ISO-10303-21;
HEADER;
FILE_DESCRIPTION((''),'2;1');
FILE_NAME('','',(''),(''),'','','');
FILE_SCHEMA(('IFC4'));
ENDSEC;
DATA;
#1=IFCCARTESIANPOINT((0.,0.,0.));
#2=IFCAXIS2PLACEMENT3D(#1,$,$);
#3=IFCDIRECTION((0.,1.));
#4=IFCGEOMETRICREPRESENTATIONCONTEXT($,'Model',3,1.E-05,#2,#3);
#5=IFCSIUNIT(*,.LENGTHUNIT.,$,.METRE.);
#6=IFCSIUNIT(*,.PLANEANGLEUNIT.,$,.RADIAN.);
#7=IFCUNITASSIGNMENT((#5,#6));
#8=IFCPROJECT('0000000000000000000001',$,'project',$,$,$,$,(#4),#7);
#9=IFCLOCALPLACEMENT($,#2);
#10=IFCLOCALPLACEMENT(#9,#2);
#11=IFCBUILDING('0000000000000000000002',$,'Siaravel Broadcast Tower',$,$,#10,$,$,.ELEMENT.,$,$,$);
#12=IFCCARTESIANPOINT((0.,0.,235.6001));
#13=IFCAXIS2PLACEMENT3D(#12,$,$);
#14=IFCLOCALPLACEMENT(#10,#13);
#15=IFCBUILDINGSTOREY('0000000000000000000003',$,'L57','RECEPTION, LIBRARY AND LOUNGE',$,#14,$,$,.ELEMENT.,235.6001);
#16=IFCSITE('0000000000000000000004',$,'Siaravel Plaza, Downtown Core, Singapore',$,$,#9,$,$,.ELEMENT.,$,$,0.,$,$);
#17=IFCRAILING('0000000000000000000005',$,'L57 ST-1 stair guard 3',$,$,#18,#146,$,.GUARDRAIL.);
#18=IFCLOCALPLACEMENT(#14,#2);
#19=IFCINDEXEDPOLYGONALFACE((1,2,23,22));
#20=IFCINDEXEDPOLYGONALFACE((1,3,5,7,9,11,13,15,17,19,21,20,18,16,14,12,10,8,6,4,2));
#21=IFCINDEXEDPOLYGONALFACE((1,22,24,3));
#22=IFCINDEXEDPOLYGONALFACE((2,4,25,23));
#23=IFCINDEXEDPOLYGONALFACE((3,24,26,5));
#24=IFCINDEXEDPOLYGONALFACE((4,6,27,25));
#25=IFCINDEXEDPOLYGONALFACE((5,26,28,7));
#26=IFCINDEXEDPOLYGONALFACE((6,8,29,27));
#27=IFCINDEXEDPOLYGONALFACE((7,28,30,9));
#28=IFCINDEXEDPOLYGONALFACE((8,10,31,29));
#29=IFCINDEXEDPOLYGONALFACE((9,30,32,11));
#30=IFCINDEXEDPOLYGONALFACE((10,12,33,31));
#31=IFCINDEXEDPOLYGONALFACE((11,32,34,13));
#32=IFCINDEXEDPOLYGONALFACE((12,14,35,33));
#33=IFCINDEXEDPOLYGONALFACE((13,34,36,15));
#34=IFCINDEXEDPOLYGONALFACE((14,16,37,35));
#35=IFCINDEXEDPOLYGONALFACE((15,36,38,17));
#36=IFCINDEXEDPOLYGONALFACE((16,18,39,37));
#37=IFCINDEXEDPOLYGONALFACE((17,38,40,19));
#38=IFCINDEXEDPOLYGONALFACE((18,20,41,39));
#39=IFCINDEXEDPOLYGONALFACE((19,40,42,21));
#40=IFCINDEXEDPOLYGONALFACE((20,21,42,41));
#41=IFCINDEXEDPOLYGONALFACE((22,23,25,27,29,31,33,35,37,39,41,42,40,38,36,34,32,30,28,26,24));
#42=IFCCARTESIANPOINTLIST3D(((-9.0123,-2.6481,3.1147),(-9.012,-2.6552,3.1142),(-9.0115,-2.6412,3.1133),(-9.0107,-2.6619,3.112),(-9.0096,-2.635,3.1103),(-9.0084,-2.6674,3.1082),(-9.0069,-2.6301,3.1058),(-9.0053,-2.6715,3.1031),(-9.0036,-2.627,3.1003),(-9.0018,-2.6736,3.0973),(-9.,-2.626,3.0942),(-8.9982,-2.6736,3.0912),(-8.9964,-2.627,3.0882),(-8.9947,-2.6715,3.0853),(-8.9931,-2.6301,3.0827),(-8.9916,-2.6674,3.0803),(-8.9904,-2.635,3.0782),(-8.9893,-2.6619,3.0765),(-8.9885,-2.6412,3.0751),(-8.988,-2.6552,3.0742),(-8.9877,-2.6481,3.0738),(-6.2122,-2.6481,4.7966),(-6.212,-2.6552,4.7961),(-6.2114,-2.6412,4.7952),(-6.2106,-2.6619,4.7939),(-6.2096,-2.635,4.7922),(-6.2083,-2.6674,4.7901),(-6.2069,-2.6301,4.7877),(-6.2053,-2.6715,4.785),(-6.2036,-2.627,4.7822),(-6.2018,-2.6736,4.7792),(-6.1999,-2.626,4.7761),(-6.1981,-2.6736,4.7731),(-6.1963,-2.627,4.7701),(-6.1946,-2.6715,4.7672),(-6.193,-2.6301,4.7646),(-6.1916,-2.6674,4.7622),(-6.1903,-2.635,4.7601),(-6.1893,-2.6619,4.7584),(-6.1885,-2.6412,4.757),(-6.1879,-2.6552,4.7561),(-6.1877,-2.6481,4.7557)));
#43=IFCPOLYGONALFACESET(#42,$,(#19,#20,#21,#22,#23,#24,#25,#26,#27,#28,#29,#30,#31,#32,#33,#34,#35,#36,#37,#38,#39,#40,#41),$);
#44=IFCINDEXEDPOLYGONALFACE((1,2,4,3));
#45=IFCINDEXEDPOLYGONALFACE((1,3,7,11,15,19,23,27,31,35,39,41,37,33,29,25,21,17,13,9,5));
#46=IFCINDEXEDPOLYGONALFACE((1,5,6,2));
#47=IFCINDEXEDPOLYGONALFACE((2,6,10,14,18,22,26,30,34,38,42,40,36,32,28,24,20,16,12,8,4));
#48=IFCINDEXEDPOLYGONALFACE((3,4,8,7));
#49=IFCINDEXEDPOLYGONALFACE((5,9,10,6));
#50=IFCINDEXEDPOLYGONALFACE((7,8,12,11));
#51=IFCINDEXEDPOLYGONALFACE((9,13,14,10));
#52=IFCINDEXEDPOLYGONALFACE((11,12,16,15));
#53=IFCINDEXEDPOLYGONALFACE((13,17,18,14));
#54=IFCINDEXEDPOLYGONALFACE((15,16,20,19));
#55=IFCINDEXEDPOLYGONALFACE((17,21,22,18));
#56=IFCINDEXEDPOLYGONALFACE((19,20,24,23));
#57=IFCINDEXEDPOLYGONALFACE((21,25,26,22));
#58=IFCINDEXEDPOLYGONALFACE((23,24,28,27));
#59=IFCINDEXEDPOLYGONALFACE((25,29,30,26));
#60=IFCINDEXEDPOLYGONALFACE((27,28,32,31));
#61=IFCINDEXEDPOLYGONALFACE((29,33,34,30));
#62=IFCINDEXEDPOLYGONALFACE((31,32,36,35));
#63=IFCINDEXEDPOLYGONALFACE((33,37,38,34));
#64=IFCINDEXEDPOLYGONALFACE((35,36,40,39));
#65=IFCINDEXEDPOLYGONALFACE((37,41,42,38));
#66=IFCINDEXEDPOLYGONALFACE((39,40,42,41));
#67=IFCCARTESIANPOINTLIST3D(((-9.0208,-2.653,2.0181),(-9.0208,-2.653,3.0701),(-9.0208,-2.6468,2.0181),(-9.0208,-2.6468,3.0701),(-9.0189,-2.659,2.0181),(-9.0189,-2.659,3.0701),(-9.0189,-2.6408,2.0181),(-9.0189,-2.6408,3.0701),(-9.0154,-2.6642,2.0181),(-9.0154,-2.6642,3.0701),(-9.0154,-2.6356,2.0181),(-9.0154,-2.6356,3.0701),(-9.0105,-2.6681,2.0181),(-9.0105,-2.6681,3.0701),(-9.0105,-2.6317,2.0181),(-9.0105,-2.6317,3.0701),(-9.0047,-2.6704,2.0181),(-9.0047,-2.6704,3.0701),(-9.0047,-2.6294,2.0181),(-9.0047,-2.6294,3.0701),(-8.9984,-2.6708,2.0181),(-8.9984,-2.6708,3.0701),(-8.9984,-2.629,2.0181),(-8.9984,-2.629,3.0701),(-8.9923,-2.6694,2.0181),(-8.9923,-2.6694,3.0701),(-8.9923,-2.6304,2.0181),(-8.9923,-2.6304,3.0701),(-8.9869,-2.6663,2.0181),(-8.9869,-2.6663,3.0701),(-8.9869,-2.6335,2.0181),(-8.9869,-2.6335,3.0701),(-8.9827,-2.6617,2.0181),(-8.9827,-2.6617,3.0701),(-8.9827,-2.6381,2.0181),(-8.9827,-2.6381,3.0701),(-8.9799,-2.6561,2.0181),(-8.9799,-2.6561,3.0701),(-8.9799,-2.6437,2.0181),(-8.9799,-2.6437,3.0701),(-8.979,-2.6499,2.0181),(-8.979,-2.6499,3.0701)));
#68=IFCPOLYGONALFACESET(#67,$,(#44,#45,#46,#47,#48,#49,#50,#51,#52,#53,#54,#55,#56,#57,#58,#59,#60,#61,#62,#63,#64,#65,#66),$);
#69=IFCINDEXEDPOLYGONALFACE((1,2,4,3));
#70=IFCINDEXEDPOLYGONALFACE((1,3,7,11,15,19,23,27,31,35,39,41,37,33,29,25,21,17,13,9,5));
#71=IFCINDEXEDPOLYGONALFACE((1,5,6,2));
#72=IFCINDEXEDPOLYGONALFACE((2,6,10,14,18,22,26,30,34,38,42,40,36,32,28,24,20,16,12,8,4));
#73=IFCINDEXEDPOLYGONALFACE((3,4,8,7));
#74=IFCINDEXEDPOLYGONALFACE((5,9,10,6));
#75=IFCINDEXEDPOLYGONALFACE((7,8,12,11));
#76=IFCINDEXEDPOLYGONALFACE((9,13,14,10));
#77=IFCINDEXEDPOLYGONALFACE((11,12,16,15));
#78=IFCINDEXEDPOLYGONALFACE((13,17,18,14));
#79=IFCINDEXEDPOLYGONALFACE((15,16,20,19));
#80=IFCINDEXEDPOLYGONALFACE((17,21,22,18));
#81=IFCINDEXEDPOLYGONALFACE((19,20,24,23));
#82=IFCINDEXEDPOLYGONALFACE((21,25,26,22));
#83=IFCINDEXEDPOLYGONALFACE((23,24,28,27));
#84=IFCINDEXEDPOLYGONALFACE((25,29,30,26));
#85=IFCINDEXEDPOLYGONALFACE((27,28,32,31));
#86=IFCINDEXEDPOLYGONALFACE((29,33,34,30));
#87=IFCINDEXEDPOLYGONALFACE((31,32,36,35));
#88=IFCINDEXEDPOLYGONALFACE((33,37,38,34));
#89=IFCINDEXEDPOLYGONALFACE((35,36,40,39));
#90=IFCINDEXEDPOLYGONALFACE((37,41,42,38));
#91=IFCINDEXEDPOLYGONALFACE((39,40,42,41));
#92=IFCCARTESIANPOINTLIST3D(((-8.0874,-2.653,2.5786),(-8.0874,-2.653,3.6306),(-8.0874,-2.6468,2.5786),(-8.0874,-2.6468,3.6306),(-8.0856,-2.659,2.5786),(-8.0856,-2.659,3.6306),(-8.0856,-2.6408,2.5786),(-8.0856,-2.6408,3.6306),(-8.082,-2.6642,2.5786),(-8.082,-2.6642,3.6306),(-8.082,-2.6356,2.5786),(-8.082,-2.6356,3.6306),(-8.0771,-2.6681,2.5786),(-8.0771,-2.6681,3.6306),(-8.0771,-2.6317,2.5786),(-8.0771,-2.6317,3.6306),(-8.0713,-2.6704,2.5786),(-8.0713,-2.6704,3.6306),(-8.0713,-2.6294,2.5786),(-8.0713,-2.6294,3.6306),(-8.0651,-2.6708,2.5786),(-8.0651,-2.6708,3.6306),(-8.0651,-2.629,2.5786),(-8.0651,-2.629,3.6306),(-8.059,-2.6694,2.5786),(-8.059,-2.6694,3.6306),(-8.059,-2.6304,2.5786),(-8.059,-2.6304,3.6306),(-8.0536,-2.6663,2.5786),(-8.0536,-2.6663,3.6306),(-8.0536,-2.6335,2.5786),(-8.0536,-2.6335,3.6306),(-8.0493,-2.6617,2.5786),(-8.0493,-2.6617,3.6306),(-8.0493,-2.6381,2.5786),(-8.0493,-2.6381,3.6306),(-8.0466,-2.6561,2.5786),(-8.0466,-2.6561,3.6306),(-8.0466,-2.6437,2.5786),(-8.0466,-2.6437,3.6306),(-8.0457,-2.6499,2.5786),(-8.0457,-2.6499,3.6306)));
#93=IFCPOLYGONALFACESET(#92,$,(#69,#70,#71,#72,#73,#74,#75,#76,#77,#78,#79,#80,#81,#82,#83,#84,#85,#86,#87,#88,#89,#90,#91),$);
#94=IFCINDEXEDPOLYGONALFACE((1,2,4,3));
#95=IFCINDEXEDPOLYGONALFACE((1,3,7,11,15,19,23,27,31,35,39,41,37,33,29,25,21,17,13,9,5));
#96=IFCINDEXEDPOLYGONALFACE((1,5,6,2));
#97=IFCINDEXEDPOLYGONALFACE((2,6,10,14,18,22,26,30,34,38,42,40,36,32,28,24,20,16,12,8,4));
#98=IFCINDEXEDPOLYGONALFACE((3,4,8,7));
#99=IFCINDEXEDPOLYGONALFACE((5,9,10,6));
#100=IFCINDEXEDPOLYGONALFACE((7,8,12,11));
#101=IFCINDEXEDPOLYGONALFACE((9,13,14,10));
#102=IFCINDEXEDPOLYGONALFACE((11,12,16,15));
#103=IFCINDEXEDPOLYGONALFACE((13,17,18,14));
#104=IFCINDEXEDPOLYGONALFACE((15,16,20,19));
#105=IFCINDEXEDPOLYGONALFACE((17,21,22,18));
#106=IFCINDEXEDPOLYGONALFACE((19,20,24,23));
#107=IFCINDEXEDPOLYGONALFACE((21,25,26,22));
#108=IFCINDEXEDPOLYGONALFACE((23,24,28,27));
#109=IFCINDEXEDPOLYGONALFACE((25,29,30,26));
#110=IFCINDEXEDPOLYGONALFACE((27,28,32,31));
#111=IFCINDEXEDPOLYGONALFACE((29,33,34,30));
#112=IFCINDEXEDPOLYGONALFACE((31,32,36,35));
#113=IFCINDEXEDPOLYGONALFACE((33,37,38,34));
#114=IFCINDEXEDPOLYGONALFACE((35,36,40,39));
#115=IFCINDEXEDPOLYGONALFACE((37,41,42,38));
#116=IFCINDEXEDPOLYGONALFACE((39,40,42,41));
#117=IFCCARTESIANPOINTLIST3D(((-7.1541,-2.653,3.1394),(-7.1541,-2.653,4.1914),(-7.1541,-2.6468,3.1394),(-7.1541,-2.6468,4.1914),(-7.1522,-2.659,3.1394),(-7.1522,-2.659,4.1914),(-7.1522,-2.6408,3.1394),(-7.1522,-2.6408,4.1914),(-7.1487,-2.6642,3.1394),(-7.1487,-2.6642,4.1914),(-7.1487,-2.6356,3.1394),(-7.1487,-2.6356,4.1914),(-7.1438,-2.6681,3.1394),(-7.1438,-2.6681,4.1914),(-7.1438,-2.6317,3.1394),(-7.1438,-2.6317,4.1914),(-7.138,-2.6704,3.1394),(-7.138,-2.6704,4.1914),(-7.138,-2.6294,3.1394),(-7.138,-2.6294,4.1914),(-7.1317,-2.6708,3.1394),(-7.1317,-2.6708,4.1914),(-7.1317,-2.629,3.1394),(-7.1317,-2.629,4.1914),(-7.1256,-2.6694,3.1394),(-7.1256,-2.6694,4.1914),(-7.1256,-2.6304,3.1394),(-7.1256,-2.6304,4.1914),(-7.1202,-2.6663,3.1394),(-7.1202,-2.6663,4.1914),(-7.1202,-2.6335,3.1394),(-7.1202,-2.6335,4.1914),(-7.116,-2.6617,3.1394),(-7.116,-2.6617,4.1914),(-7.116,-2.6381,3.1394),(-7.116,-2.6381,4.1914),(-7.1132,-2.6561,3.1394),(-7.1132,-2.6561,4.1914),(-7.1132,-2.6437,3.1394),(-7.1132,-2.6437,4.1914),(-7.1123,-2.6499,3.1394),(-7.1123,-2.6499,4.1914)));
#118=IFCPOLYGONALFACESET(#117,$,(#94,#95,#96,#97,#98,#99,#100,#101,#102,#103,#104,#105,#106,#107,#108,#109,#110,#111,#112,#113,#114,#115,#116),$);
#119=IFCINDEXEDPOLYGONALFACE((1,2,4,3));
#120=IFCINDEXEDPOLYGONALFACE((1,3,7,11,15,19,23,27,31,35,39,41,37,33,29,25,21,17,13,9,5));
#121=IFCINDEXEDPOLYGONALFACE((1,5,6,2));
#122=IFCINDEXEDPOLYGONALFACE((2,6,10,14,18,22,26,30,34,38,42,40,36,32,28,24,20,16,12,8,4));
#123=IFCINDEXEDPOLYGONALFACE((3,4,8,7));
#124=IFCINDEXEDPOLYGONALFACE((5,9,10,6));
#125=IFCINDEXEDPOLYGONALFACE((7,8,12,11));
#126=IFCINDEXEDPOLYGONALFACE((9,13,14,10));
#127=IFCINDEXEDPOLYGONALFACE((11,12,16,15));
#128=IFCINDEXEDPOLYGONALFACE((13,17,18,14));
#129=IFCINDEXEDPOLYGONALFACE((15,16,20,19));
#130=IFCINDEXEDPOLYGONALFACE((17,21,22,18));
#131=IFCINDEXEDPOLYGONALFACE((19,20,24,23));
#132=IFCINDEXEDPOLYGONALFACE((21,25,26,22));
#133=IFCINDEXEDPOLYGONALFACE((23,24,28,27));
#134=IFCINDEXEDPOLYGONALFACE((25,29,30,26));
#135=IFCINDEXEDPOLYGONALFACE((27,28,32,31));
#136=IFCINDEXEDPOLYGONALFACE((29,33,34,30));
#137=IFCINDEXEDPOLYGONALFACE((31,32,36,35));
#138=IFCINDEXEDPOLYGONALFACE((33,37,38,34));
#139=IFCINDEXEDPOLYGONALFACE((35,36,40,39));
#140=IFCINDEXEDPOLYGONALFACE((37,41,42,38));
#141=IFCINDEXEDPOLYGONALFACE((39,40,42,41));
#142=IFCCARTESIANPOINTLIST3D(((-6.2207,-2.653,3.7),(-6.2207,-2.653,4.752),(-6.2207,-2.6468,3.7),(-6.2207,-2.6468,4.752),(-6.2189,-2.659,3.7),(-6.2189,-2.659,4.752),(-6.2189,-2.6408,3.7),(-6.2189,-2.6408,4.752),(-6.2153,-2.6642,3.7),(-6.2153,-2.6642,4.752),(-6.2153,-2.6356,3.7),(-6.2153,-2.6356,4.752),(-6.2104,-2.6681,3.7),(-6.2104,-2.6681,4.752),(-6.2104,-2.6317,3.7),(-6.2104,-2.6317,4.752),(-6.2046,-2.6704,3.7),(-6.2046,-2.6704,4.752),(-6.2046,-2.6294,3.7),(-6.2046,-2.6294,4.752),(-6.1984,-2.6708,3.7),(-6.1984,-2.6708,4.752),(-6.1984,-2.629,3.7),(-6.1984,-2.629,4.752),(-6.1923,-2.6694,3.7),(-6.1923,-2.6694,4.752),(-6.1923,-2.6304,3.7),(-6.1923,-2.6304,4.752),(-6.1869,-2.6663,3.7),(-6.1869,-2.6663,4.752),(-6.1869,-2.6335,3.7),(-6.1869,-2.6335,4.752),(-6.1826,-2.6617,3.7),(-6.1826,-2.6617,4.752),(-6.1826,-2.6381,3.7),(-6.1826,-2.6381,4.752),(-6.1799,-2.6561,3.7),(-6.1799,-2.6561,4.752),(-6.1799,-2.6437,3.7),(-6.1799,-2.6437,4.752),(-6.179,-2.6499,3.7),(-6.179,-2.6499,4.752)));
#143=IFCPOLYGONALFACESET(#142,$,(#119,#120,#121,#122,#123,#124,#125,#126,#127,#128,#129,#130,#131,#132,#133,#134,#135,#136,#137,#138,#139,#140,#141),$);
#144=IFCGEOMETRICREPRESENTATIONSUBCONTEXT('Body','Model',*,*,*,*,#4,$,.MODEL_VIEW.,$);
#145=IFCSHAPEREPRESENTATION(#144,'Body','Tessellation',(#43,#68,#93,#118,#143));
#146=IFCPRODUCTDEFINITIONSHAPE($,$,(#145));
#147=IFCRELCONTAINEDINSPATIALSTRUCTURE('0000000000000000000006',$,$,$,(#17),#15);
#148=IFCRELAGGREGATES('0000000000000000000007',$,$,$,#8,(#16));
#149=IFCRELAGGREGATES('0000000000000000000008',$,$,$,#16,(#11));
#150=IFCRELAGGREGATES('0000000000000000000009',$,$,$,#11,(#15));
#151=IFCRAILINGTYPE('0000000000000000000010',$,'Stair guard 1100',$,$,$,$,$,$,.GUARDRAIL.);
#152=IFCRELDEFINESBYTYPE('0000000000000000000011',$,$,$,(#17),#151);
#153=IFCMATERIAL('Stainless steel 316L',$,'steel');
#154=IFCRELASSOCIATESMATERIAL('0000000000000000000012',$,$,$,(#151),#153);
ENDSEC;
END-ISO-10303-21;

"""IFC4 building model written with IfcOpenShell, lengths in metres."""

from ifc_helpers import new_model, si_unit, direction, frame, origin, origin_2d, place, context, subcontext, project, spatial, circle, extrude, material, type_object, element, save


model = new_model("IFC4")

# Units and contexts
model_context = context("Model", 3, precision=1e-05, world=origin(), true_north=direction((0.0, 1.0)))
body_context = subcontext(model_context, "Body", "Model", "MODEL_VIEW")
ifc_project = project(units=[si_unit("LENGTHUNIT", "METRE"), si_unit("PLANEANGLEUNIT", "RADIAN")], contexts=[model_context])

# Site, building, storey
site_placement = place(None, origin())
site = spatial("IfcSite", under=ifc_project, at=site_placement, Name="Siaravel Plaza, Downtown Core, Singapore", CompositionType="ELEMENT", RefElevation=0.0)
building_placement = place(site_placement, origin())
building = spatial("IfcBuilding", under=site, at=building_placement, Name="Siaravel Broadcast Tower", CompositionType="ELEMENT")
storey_placement = place(building_placement, frame((0.0, 0.0, 235.6001)))
storey = spatial("IfcBuildingStorey", under=building, at=storey_placement, Name="L57", Description="RECEPTION, LIBRARY AND LOUNGE", CompositionType="ELEMENT", Elevation=235.6001)

# Shared definitions
ifc_material_1 = material(Name="Stainless steel 316L", Category="steel")

# Railing
railing_type_1 = type_object("IfcRailingType", Name="Stair guard 1100", PredefinedType="GUARDRAIL", material=ifc_material_1)
railing_1_placement = place(storey_placement, frame((-9.0, -2.6499, 2.0181)))
element("IfcRailing", 1, at=railing_1_placement, inside=storey, type_object=railing_type_1, Name="L57 ST-1 stair guard 3", PredefinedType="GUARDRAIL", context=body_context, shape_type="SweptSolid", body=[
    extrude(circle(Radius=0.0239, at=origin_2d()), frame((0.0, 0.0, 1.0762), z_axis=(0.857242, 0.0, 0.514913), x_axis=(0.0, 1.0, 0.0)), (0.0, 0.0, 1.0), 3.2664),
    extrude(circle(Radius=0.021, at=origin_2d()), origin(), (0.0, 0.0, 1.0), 1.052),
    extrude(circle(Radius=0.021, at=origin_2d()), frame((0.9333, 0.0, 0.5605)), (0.0, 0.0, 1.0), 1.052),
    extrude(circle(Radius=0.021, at=origin_2d()), frame((1.8667, 0.0, 1.1213)), (0.0, 0.0, 1.0), 1.052),
    extrude(circle(Radius=0.021, at=origin_2d()), frame((2.8, 0.0, 1.6819)), (0.0, 0.0, 1.0), 1.052),
])

save(model, "model.ifc")
